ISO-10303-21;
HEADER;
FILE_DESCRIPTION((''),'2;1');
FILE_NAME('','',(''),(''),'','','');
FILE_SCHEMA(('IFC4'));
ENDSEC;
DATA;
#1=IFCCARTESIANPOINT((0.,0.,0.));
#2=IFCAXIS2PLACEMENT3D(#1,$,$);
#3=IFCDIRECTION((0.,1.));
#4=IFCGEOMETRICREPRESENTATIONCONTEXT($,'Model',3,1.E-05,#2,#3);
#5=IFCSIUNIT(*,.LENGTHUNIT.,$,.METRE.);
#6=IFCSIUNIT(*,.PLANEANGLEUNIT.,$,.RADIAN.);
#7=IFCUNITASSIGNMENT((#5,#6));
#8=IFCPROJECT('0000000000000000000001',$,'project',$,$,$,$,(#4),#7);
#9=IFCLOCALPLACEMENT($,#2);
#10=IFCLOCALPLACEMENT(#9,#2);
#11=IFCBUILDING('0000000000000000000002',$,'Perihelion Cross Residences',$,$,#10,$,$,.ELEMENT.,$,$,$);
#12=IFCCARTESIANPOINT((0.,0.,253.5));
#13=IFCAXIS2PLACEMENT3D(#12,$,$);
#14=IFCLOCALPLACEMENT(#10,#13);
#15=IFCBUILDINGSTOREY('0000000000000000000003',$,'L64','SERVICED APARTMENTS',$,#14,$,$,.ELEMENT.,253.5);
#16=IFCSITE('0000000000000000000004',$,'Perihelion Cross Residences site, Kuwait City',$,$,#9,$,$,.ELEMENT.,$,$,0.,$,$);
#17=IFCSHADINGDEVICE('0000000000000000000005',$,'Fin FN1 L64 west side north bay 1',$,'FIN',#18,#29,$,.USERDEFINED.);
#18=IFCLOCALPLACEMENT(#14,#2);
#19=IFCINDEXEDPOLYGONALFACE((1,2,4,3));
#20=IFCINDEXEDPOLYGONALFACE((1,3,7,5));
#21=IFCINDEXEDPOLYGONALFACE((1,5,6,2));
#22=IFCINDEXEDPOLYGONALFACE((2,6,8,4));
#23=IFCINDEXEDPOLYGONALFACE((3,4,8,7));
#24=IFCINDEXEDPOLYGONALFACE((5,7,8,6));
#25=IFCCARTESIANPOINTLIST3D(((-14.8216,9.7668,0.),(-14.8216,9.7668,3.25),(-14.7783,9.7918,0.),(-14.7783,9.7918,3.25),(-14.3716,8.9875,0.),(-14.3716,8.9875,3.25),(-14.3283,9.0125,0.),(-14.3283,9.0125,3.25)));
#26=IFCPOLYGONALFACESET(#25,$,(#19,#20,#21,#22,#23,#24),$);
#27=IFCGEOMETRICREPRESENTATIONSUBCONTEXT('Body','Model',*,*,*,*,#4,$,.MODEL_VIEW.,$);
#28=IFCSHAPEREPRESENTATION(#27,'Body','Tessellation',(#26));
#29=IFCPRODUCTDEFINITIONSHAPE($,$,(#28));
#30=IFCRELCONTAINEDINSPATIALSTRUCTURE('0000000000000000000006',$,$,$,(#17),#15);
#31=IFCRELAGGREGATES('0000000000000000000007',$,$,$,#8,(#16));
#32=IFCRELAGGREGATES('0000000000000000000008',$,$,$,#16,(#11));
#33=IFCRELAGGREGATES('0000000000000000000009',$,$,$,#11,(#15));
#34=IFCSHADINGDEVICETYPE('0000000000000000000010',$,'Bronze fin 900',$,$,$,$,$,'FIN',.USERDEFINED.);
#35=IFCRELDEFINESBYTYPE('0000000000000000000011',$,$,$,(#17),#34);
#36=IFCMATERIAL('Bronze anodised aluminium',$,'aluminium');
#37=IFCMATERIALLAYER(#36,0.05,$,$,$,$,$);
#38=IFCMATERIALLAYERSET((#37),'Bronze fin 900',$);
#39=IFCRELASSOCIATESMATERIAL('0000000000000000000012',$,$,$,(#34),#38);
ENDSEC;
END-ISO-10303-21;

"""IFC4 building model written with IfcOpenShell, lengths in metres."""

from ifc_helpers import new_model, si_unit, direction, frame, origin, origin_2d, place, context, subcontext, project, spatial, rectangle, extrude, material, layer, layer_set, type_object, element, save


model = new_model("IFC4")

# Units and contexts
model_context = context("Model", 3, precision=1e-05, world=origin(), true_north=direction((0.0, 1.0)))
body_context = subcontext(model_context, "Body", "Model", "MODEL_VIEW")
ifc_project = project(units=[si_unit("LENGTHUNIT", "METRE"), si_unit("PLANEANGLEUNIT", "RADIAN")], contexts=[model_context])

# Site, building, storey
site_placement = place(None, origin())
site = spatial("IfcSite", under=ifc_project, at=site_placement, Name="Perihelion Cross Residences site, Kuwait City", CompositionType="ELEMENT", RefElevation=0.0)
building_placement = place(site_placement, origin())
building = spatial("IfcBuilding", under=site, at=building_placement, Name="Perihelion Cross Residences", CompositionType="ELEMENT")
storey_placement = place(building_placement, frame((0.0, 0.0, 253.5)))
storey = spatial("IfcBuildingStorey", under=building, at=storey_placement, Name="L64", Description="SERVICED APARTMENTS", CompositionType="ELEMENT", Elevation=253.5)

# Shading device
ifc_material_1 = material(Name="Bronze anodised aluminium", Category="aluminium")
ifc_layer_1 = layer(ifc_material_1, 0.05)
ifc_layer_set_1 = layer_set([ifc_layer_1], Name="Bronze fin 900")
shading_device_type = type_object("IfcShadingDeviceType", Name="Bronze fin 900", ElementType="FIN", PredefinedType="USERDEFINED", material=ifc_layer_set_1)
shading_device_placement = place(storey_placement, frame((-14.575, 9.3896, 0.0), z_axis=(0.0, 0.0, 1.0), x_axis=(-0.5, 0.866025, 0.0)))
element("IfcShadingDevice", 1, at=shading_device_placement, inside=storey, type_object=shading_device_type, Name="Fin FN1 L64 west side north bay 1", ObjectType="FIN", PredefinedType="USERDEFINED", context=body_context, shape_type="SweptSolid", body=[
    extrude(rectangle(XDim=0.8999, YDim=0.05, at=origin_2d()), origin(), (0.0, 0.0, 1.0), 3.25),
])

save(model, "model.ifc")
